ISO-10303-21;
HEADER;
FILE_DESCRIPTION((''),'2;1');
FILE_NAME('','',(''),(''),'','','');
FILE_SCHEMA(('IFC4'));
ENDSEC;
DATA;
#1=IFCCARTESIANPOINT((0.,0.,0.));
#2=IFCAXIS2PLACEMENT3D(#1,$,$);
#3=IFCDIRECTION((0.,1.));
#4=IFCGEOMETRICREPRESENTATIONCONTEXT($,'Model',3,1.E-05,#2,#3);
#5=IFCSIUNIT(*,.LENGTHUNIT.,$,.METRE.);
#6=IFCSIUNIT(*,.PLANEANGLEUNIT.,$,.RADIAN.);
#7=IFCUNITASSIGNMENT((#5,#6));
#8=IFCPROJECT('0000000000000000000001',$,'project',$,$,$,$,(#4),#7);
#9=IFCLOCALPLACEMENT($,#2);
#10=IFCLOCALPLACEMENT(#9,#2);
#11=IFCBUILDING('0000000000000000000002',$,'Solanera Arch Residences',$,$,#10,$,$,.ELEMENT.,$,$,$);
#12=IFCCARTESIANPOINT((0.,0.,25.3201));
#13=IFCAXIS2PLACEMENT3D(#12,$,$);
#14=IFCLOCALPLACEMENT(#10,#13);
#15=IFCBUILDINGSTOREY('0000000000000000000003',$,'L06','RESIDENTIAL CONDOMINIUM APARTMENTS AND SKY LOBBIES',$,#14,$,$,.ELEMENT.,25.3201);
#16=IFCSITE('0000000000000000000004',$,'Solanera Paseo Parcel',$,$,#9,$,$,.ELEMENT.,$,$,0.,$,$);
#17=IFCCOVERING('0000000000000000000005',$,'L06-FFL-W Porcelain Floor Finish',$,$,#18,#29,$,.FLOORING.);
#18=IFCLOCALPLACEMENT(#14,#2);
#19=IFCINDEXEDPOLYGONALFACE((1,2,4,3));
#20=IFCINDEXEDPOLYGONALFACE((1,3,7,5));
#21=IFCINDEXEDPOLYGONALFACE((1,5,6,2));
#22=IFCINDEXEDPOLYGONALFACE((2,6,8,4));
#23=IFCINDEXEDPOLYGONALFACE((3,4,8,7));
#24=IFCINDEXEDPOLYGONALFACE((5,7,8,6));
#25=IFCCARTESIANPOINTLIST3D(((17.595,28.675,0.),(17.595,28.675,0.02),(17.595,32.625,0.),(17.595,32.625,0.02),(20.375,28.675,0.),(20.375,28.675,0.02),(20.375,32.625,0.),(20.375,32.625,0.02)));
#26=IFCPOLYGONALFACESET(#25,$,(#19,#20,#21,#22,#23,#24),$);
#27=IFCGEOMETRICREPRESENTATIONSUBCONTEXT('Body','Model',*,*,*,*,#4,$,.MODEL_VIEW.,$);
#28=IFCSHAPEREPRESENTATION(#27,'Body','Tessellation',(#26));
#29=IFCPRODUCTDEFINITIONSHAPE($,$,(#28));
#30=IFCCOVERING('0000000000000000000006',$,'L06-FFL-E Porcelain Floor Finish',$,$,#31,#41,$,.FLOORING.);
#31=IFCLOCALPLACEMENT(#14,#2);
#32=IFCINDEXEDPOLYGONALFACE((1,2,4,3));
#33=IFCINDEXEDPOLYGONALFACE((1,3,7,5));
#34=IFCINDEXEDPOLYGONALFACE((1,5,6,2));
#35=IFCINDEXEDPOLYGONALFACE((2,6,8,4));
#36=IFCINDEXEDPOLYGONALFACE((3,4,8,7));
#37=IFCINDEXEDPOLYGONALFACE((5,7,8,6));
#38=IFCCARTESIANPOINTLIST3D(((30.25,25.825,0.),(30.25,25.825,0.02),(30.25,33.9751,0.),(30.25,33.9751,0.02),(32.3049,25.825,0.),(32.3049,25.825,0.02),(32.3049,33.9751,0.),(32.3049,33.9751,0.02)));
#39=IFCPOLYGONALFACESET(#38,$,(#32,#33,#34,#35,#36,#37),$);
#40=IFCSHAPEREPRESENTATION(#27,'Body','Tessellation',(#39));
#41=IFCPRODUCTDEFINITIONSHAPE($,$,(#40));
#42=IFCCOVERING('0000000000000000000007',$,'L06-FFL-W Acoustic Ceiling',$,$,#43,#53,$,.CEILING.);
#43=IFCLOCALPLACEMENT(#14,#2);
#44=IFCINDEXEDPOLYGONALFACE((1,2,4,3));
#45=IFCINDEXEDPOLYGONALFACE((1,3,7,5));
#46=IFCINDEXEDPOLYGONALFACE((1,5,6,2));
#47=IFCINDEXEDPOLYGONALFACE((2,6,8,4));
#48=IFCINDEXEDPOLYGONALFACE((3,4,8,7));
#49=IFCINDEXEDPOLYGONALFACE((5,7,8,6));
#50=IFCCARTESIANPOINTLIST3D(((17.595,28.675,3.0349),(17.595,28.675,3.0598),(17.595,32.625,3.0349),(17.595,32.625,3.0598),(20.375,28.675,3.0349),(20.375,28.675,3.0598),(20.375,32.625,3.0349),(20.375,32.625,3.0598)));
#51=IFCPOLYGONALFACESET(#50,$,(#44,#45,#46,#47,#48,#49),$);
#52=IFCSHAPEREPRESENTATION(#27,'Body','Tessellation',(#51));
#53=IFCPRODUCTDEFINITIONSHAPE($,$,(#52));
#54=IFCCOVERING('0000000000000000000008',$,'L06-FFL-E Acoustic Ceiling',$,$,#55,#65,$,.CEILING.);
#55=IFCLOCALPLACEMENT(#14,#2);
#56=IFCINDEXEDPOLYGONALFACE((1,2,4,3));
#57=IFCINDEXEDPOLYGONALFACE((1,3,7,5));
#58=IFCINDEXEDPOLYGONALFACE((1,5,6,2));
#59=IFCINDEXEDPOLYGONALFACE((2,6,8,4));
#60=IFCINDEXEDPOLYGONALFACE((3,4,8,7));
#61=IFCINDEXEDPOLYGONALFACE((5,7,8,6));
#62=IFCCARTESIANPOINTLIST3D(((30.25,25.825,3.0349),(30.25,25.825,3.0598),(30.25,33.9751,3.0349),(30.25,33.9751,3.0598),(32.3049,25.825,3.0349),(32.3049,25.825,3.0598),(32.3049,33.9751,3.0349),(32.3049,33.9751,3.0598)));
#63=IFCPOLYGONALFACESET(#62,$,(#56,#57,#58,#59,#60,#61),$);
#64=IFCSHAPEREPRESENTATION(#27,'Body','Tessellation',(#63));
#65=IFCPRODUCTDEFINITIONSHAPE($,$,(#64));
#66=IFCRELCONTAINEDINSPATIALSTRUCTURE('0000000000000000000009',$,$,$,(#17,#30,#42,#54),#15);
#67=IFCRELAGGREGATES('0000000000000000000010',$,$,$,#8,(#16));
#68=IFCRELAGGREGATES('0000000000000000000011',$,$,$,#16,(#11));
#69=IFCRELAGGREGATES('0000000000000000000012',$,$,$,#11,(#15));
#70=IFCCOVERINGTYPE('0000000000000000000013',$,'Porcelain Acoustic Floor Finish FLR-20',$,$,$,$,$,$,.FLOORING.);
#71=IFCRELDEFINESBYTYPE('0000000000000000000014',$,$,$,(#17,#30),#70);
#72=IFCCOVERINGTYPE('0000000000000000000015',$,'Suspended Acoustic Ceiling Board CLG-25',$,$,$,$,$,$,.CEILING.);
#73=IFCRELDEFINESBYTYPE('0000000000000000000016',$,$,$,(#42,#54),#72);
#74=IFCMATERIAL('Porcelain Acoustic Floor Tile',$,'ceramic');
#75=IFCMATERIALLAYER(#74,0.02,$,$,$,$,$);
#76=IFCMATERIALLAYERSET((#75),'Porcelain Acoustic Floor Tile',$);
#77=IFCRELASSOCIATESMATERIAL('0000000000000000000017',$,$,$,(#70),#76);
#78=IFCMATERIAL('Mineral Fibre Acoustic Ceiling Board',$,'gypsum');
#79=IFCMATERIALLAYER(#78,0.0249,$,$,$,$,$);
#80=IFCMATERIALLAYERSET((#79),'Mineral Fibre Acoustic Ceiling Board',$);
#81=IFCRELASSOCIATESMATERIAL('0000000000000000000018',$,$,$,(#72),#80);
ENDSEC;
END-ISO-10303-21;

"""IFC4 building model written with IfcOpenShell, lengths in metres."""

from ifc_helpers import new_model, si_unit, direction, frame, origin, place, context, subcontext, project, spatial, polyline, outline, extrude, material, layer, layer_set, type_object, element, save


model = new_model("IFC4")

# Units and contexts
model_context = context("Model", 3, precision=1e-05, world=origin(), true_north=direction((0.0, 1.0)))
body_context = subcontext(model_context, "Body", "Model", "MODEL_VIEW")
ifc_project = project(units=[si_unit("LENGTHUNIT", "METRE"), si_unit("PLANEANGLEUNIT", "RADIAN")], contexts=[model_context])

# Site, building, storey
site_placement = place(None, origin())
site = spatial("IfcSite", under=ifc_project, at=site_placement, Name="Solanera Paseo Parcel", CompositionType="ELEMENT", RefElevation=0.0)
building_placement = place(site_placement, origin())
building = spatial("IfcBuilding", under=site, at=building_placement, Name="Solanera Arch Residences", CompositionType="ELEMENT")
storey_placement = place(building_placement, frame((0.0, 0.0, 25.3201)))
storey = spatial("IfcBuildingStorey", under=building, at=storey_placement, Name="L06", Description="RESIDENTIAL CONDOMINIUM APARTMENTS AND SKY LOBBIES", CompositionType="ELEMENT", Elevation=25.3201)

# Coverings
ifc_material_1 = material(Name="Porcelain Acoustic Floor Tile", Category="ceramic")
ifc_layer_1 = layer(ifc_material_1, 0.02)
ifc_layer_set_1 = layer_set([ifc_layer_1], Name="Porcelain Acoustic Floor Tile")
covering_type_1 = type_object("IfcCoveringType", Name="Porcelain Acoustic Floor Finish FLR-20", PredefinedType="FLOORING", material=ifc_layer_set_1)
covering_1_placement = place(storey_placement, origin())
element("IfcCovering", 1, at=covering_1_placement, inside=storey, type_object=covering_type_1, Name="L06-FFL-W Porcelain Floor Finish", PredefinedType="FLOORING", context=body_context, shape_type="SweptSolid", body=[
    extrude(outline(polyline([(20.375, 28.675), (17.595, 28.675), (17.595, 32.625), (20.375, 32.625), (20.375, 28.675)])), origin(), (0.0, 0.0, 1.0), 0.02),
])
covering_2_placement = place(storey_placement, origin())
element("IfcCovering", 2, at=covering_2_placement, inside=storey, type_object=covering_type_1, Name="L06-FFL-E Porcelain Floor Finish", PredefinedType="FLOORING", context=body_context, shape_type="SweptSolid", body=[
    extrude(outline(polyline([(32.3049, 25.825), (30.25, 25.825), (30.25, 33.9751), (32.3049, 33.9751), (32.3049, 25.825)])), origin(), (0.0, 0.0, 1.0), 0.02),
])
ifc_material_2 = material(Name="Mineral Fibre Acoustic Ceiling Board", Category="gypsum")
ifc_layer_2 = layer(ifc_material_2, 0.0249)
ifc_layer_set_2 = layer_set([ifc_layer_2], Name="Mineral Fibre Acoustic Ceiling Board")
covering_type_2 = type_object("IfcCoveringType", Name="Suspended Acoustic Ceiling Board CLG-25", PredefinedType="CEILING", material=ifc_layer_set_2)
covering_3_placement = place(storey_placement, frame((0.0, 0.0, 3.0349)))
element("IfcCovering", 3, at=covering_3_placement, inside=storey, type_object=covering_type_2, Name="L06-FFL-W Acoustic Ceiling", PredefinedType="CEILING", context=body_context, shape_type="SweptSolid", body=[
    extrude(outline(polyline([(20.375, 28.675), (17.595, 28.675), (17.595, 32.625), (20.375, 32.625), (20.375, 28.675)])), origin(), (0.0, 0.0, 1.0), 0.0249),
])
covering_4_placement = place(storey_placement, frame((0.0, 0.0, 3.0349)))
element("IfcCovering", 4, at=covering_4_placement, inside=storey, type_object=covering_type_2, Name="L06-FFL-E Acoustic Ceiling", PredefinedType="CEILING", context=body_context, shape_type="SweptSolid", body=[
    extrude(outline(polyline([(32.3049, 25.825), (30.25, 25.825), (30.25, 33.9751), (32.3049, 33.9751), (32.3049, 25.825)])), origin(), (0.0, 0.0, 1.0), 0.0249),
])

save(model, "model.ifc")
